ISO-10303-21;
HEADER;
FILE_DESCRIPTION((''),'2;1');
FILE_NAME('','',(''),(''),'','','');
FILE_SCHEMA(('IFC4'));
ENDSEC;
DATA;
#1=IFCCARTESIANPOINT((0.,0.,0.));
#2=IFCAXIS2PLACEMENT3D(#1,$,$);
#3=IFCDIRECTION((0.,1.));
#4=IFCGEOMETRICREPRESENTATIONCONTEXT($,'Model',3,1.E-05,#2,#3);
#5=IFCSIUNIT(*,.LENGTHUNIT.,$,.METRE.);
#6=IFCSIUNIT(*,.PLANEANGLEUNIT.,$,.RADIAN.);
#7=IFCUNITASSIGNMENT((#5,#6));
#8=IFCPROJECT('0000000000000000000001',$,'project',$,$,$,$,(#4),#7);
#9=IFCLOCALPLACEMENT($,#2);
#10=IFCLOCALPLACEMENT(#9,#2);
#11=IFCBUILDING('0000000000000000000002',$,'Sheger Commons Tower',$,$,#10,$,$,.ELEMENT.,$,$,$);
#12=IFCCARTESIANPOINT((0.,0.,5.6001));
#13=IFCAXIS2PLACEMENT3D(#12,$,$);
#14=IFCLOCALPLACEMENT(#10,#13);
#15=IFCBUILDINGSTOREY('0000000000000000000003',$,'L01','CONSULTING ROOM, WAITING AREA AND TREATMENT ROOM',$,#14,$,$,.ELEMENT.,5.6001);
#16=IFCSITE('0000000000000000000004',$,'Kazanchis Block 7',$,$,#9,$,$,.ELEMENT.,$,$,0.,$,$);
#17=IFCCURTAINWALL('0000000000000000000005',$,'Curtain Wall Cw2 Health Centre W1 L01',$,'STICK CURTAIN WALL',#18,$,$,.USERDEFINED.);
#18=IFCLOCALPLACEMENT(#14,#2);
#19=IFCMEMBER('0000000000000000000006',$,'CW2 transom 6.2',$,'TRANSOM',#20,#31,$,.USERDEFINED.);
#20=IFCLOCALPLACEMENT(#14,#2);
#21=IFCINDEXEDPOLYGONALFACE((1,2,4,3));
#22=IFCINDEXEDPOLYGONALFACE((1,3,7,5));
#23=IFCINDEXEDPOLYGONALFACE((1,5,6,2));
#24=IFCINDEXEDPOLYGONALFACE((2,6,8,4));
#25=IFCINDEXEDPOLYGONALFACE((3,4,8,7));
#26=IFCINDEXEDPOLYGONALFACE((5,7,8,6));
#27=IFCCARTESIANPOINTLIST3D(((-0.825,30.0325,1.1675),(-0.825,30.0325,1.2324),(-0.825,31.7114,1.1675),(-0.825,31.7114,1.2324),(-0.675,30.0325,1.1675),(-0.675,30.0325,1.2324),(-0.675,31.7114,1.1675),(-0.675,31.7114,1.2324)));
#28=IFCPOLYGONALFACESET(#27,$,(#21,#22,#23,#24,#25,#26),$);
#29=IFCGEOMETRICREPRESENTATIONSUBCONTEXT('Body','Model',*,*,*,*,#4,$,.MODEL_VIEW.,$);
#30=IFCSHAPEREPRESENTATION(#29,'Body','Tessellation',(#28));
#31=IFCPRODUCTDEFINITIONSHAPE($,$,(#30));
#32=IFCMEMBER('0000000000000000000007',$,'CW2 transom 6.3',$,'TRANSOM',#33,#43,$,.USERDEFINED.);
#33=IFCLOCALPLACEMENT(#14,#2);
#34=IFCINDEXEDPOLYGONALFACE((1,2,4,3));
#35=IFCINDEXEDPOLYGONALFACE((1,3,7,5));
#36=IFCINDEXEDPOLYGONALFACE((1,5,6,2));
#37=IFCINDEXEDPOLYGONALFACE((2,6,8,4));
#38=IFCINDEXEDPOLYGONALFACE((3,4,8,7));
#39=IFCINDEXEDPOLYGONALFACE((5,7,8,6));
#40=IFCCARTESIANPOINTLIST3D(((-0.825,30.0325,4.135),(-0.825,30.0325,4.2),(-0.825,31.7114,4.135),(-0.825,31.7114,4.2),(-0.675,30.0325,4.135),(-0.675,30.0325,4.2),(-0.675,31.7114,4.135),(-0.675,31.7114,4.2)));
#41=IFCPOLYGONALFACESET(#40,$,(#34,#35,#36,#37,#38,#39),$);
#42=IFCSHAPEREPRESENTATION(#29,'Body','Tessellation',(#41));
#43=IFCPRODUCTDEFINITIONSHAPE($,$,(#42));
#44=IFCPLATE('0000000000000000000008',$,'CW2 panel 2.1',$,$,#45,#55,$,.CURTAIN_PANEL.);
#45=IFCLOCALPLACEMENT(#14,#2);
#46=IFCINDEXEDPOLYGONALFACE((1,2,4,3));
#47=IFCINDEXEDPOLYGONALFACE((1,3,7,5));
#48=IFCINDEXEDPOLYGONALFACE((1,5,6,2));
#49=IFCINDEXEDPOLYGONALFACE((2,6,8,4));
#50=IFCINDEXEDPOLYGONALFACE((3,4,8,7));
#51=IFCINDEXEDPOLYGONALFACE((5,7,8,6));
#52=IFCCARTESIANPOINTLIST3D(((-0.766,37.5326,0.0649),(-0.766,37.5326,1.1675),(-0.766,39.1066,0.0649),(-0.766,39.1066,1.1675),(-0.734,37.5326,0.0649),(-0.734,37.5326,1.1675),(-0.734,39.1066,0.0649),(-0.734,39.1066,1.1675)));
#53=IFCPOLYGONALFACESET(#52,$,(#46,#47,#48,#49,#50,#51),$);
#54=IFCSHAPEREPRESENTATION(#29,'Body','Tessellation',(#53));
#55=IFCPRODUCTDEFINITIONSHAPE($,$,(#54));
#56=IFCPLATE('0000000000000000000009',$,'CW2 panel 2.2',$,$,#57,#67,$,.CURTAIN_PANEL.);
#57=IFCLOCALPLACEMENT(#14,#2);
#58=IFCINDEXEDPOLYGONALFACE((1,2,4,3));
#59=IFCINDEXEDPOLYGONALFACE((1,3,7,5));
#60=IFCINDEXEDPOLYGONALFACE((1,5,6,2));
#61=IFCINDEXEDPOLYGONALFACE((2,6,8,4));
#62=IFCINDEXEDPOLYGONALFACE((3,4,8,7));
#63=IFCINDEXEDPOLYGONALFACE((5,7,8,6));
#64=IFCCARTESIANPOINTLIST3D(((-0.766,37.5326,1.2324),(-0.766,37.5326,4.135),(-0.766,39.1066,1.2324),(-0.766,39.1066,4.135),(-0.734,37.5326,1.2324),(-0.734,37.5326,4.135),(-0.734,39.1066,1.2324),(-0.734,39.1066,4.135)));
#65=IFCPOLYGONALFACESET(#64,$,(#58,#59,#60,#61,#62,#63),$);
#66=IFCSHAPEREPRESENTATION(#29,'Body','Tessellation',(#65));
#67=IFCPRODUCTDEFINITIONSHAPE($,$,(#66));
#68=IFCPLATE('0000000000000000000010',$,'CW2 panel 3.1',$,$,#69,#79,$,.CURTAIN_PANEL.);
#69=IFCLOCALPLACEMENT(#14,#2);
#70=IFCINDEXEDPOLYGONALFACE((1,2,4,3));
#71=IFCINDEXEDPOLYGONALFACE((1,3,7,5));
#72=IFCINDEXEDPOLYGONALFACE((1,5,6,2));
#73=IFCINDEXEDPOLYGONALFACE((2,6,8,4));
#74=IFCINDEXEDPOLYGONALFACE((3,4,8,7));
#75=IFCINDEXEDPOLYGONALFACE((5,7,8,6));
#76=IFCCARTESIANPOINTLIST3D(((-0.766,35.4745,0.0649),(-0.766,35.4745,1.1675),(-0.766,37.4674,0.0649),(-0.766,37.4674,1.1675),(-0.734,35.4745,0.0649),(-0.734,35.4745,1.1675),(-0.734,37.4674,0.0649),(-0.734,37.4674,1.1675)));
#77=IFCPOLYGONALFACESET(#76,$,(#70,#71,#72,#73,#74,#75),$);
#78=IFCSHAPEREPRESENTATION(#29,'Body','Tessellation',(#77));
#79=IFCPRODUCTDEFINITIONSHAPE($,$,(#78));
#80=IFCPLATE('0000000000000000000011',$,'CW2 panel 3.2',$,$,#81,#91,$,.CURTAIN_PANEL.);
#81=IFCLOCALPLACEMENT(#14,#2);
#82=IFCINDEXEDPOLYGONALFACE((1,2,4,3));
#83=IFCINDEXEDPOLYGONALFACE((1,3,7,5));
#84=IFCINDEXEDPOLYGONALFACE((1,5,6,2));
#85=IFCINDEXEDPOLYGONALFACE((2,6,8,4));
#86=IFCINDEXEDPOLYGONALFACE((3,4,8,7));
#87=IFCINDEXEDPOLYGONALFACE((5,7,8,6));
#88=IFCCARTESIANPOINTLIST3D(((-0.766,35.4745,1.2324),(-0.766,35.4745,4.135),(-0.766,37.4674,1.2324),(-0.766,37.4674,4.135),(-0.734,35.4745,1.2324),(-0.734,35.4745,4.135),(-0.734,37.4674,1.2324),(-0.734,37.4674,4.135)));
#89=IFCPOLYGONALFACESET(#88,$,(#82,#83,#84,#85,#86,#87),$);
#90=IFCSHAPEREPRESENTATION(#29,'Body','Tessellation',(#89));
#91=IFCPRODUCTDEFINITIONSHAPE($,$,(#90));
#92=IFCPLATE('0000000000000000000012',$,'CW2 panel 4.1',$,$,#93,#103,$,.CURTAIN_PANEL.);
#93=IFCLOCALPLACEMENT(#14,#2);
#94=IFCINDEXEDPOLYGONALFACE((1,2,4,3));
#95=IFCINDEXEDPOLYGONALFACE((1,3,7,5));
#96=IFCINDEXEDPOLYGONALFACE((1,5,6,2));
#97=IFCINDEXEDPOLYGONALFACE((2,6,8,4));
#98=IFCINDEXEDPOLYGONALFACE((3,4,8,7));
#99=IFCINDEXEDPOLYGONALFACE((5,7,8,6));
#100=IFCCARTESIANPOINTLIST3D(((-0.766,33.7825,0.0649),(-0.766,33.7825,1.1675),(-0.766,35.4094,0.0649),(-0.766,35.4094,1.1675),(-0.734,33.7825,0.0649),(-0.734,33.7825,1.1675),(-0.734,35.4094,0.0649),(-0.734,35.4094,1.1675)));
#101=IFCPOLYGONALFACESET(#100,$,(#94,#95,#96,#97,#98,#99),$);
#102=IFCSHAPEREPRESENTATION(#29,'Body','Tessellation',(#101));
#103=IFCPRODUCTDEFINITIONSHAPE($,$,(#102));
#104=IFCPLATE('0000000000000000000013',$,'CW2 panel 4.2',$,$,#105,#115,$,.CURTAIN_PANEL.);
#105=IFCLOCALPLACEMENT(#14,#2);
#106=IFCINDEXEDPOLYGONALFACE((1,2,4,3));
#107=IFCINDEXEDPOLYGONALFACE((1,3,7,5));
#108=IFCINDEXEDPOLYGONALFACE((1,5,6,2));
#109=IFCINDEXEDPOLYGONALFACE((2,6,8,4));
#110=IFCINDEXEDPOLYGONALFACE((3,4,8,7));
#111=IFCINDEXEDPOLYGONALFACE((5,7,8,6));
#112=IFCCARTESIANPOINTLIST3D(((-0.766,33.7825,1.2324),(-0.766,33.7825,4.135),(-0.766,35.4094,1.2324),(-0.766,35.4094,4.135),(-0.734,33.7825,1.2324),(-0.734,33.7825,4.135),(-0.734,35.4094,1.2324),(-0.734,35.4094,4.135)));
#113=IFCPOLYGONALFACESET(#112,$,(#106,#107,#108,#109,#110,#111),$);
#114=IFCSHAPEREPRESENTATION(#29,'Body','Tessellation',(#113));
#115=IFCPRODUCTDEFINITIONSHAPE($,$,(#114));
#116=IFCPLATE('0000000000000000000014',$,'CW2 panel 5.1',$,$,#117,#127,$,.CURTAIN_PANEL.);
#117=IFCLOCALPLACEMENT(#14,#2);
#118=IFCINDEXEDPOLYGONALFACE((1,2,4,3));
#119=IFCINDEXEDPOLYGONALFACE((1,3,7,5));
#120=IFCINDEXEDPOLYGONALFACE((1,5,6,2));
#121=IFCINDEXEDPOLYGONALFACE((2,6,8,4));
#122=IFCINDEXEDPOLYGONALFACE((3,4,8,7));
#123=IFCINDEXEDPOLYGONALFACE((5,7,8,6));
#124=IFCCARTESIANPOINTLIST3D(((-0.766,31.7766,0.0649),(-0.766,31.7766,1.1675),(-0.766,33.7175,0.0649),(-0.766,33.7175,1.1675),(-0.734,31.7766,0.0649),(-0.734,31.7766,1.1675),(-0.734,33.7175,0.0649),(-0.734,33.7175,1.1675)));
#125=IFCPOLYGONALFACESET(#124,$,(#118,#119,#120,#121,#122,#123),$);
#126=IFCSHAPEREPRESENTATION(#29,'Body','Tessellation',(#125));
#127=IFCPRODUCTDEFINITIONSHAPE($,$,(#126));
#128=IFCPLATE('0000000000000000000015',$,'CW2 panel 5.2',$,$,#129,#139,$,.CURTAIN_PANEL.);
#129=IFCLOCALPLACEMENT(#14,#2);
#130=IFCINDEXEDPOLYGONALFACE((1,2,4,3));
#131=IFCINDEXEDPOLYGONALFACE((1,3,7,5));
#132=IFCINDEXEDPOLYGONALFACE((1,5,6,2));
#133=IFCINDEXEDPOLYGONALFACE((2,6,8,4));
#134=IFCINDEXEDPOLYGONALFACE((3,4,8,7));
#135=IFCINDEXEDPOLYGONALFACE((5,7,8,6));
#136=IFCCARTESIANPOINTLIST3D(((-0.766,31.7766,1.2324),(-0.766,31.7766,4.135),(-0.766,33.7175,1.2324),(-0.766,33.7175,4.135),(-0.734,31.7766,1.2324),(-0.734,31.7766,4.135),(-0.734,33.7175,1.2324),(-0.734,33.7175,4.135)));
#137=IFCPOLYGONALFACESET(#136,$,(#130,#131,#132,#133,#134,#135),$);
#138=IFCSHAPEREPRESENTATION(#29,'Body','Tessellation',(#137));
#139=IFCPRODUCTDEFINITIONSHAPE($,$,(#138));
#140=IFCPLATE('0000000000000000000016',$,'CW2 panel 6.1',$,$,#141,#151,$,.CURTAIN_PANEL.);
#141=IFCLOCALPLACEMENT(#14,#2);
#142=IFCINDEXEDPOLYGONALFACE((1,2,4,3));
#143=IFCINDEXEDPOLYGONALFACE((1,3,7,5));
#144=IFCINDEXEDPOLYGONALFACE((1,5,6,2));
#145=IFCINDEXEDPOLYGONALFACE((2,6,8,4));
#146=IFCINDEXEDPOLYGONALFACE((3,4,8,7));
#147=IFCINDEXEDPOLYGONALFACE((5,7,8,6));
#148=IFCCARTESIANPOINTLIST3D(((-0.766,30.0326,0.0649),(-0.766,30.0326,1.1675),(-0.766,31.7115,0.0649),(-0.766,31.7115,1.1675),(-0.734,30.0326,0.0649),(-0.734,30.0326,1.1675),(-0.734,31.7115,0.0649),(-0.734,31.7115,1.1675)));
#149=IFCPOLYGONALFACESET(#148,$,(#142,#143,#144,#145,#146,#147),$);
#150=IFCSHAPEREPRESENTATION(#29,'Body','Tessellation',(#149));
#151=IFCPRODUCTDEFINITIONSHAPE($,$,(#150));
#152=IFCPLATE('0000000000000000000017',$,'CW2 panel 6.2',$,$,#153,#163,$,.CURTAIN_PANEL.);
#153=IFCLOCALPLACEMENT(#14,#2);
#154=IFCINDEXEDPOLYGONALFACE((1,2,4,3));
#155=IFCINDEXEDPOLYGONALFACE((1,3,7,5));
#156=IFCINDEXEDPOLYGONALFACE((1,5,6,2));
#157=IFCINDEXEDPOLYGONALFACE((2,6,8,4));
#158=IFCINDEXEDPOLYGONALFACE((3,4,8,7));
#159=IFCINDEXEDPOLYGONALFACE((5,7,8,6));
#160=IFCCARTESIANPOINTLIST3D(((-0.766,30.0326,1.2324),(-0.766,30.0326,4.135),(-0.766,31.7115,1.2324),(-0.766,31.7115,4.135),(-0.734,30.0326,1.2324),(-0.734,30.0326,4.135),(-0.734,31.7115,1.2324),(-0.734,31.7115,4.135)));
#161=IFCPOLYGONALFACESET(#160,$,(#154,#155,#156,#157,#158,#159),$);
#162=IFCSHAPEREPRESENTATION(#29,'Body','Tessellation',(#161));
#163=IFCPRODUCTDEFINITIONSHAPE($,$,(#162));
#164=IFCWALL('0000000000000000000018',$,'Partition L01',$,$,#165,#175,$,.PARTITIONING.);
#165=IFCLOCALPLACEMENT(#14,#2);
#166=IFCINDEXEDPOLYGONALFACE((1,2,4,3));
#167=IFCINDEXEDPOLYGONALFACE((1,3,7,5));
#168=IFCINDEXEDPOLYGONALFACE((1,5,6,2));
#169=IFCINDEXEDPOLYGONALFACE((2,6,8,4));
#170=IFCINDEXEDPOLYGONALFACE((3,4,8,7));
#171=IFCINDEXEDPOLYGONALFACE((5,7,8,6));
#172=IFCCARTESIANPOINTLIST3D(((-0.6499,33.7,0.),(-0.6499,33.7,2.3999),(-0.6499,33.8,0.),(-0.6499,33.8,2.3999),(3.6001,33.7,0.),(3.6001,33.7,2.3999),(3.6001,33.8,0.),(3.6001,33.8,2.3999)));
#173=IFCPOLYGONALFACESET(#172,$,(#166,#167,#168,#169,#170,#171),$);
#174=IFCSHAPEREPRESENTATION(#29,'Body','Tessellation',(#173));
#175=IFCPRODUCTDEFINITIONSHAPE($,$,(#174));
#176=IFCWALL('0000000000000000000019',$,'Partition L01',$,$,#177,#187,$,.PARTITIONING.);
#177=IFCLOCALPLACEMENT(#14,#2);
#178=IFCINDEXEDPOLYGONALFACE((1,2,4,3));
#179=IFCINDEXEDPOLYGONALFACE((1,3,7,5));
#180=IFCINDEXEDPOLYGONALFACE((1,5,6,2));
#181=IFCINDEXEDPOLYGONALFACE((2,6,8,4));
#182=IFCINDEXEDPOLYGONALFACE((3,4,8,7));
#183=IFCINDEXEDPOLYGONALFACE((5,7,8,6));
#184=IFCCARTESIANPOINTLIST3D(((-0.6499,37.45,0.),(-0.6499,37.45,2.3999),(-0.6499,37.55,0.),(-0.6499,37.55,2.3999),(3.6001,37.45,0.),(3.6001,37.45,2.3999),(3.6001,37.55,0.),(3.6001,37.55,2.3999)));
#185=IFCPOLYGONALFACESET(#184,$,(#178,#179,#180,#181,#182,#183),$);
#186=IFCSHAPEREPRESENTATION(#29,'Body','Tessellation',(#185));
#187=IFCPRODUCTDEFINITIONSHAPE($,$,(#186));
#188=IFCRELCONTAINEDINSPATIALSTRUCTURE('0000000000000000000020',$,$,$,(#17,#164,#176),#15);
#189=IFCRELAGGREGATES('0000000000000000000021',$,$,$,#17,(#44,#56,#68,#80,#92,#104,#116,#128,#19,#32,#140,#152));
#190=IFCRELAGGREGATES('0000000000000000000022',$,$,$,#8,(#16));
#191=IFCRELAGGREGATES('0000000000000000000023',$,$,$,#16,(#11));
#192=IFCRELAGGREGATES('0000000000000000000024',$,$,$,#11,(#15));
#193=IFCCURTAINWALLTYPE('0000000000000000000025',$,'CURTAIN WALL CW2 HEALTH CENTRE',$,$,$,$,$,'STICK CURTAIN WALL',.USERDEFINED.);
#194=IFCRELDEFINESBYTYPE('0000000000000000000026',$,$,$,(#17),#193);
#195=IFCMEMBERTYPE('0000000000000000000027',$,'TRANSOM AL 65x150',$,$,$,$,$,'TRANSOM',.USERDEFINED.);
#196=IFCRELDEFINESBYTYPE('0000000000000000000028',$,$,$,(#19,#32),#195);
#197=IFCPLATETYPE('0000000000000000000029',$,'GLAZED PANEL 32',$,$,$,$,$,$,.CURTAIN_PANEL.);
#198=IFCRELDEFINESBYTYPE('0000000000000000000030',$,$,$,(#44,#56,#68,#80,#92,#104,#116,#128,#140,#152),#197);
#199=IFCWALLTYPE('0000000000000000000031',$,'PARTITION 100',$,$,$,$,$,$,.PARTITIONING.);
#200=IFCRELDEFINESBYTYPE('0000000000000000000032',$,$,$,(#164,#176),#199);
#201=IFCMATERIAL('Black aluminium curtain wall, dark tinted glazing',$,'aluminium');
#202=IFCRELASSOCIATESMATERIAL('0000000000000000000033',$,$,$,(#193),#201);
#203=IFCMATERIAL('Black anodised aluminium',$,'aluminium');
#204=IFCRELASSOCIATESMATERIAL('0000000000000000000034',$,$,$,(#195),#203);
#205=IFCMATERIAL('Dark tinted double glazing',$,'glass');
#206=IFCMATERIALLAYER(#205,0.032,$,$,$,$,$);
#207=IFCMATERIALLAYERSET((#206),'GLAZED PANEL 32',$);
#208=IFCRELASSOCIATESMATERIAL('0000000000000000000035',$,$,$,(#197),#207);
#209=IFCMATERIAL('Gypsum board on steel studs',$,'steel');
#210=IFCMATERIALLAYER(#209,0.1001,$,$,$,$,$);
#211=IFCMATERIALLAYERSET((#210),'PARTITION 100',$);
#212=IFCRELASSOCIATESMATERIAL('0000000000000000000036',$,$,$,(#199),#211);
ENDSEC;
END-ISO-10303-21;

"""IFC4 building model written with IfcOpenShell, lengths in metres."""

from ifc_helpers import new_model, si_unit, direction, frame, frame_2d, origin, origin_2d, place, context, subcontext, project, spatial, rectangle, extrude, material, layer, layer_set, material_profile, profile_set, type_object, element, aggregate, save


model = new_model("IFC4")

# Units and contexts
model_context = context("Model", 3, precision=1e-05, world=origin(), true_north=direction((0.0, 1.0)))
body_context = subcontext(model_context, "Body", "Model", "MODEL_VIEW")
ifc_project = project(units=[si_unit("LENGTHUNIT", "METRE"), si_unit("PLANEANGLEUNIT", "RADIAN")], contexts=[model_context])

# Site, building, storey
site_placement = place(None, origin())
site = spatial("IfcSite", under=ifc_project, at=site_placement, Name="Kazanchis Block 7", CompositionType="ELEMENT", RefElevation=0.0)
building_placement = place(site_placement, origin())
building = spatial("IfcBuilding", under=site, at=building_placement, Name="Sheger Commons Tower", CompositionType="ELEMENT")
storey_placement = place(building_placement, frame((0.0, 0.0, 5.6001)))
storey = spatial("IfcBuildingStorey", under=building, at=storey_placement, Name="L01", Description="CONSULTING ROOM, WAITING AREA AND TREATMENT ROOM", CompositionType="ELEMENT", Elevation=5.6001)

# Curtain wall, members, plates
ifc_material_1 = material(Name="Black aluminium curtain wall, dark tinted glazing", Category="aluminium")
curtain_wall_type = type_object("IfcCurtainWallType", Name="CURTAIN WALL CW2 HEALTH CENTRE", ElementType="STICK CURTAIN WALL", PredefinedType="USERDEFINED", material=ifc_material_1)
curtain_wall_placement = place(storey_placement, origin())
curtain_wall = element("IfcCurtainWall", 1, at=curtain_wall_placement, inside=storey, type_object=curtain_wall_type, Name="Curtain Wall Cw2 Health Centre W1 L01", ObjectType="STICK CURTAIN WALL", PredefinedType="USERDEFINED")
ifc_material_2 = material(Name="Black anodised aluminium", Category="aluminium")
ifc_material_profile_1 = material_profile(ifc_material_2, rectangle(XDim=0.1499, YDim=0.0649, at=origin_2d()), Name="AL 65x150")
ifc_profile_set_1 = profile_set([ifc_material_profile_1], Name="Black anodised aluminium")
member_type_1 = type_object("IfcMemberType", Name="TRANSOM AL 65x150", ElementType="TRANSOM", PredefinedType="USERDEFINED", material=ifc_profile_set_1)
member_1_placement = place(storey_placement, frame((-0.75, 31.7114, 1.2), z_axis=(0.0, -1.0, 0.0), x_axis=(1.0, 0.0, 0.0)))
member_1 = element("IfcMember", 2, at=member_1_placement, type_object=member_type_1, Name="CW2 transom 6.2", ObjectType="TRANSOM", PredefinedType="USERDEFINED", context=body_context, shape_type="SweptSolid", body=[
    extrude(rectangle(XDim=0.1499, YDim=0.0649, at=origin_2d()), origin(), (0.0, 0.0, 1.0), 1.679),
])
member_2_placement = place(storey_placement, frame((-0.75, 31.7114, 4.1675), z_axis=(0.0, -1.0, 0.0), x_axis=(1.0, 0.0, 0.0)))
member_2 = element("IfcMember", 3, at=member_2_placement, type_object=member_type_1, Name="CW2 transom 6.3", ObjectType="TRANSOM", PredefinedType="USERDEFINED", context=body_context, shape_type="SweptSolid", body=[
    extrude(rectangle(XDim=0.1499, YDim=0.0649, at=origin_2d()), origin(), (0.0, 0.0, 1.0), 1.679),
])
ifc_material_3 = material(Name="Dark tinted double glazing", Category="glass")
ifc_layer_1 = layer(ifc_material_3, 0.032)
ifc_layer_set_1 = layer_set([ifc_layer_1], Name="GLAZED PANEL 32")
plate_type = type_object("IfcPlateType", Name="GLAZED PANEL 32", PredefinedType="CURTAIN_PANEL", material=ifc_layer_set_1)
plate_1_placement = place(storey_placement, frame((-0.75, 38.3196, 0.0649), z_axis=(0.0, 0.0, 1.0), x_axis=(0.0, -1.0, 0.0)))
plate_1 = element("IfcPlate", 4, at=plate_1_placement, type_object=plate_type, Name="CW2 panel 2.1", PredefinedType="CURTAIN_PANEL", context=body_context, shape_type="SweptSolid", body=[
    extrude(rectangle(XDim=1.574, YDim=0.032, at=origin_2d()), origin(), (0.0, 0.0, 1.0), 1.1025),
])
plate_2_placement = place(storey_placement, frame((-0.75, 38.3196, 1.2324), z_axis=(0.0, 0.0, 1.0), x_axis=(0.0, -1.0, 0.0)))
plate_2 = element("IfcPlate", 5, at=plate_2_placement, type_object=plate_type, Name="CW2 panel 2.2", PredefinedType="CURTAIN_PANEL", context=body_context, shape_type="SweptSolid", body=[
    extrude(rectangle(XDim=1.574, YDim=0.032, at=origin_2d()), origin(), (0.0, 0.0, 1.0), 2.9026),
])
plate_3_placement = place(storey_placement, frame((-0.75, 36.4709, 0.0649), z_axis=(0.0, 0.0, 1.0), x_axis=(0.0, -1.0, 0.0)))
plate_3 = element("IfcPlate", 6, at=plate_3_placement, type_object=plate_type, Name="CW2 panel 3.1", PredefinedType="CURTAIN_PANEL", context=body_context, shape_type="SweptSolid", body=[
    extrude(rectangle(XDim=1.9929, YDim=0.032, at=origin_2d()), origin(), (0.0, 0.0, 1.0), 1.1025),
])
plate_4_placement = place(storey_placement, frame((-0.75, 36.4709, 1.2324), z_axis=(0.0, 0.0, 1.0), x_axis=(0.0, -1.0, 0.0)))
plate_4 = element("IfcPlate", 7, at=plate_4_placement, type_object=plate_type, Name="CW2 panel 3.2", PredefinedType="CURTAIN_PANEL", context=body_context, shape_type="SweptSolid", body=[
    extrude(rectangle(XDim=1.9929, YDim=0.032, at=origin_2d()), origin(), (0.0, 0.0, 1.0), 2.9026),
])
plate_5_placement = place(storey_placement, frame((-0.75, 34.5959, 0.0649), z_axis=(0.0, 0.0, 1.0), x_axis=(0.0, -1.0, 0.0)))
plate_5 = element("IfcPlate", 8, at=plate_5_placement, type_object=plate_type, Name="CW2 panel 4.1", PredefinedType="CURTAIN_PANEL", context=body_context, shape_type="SweptSolid", body=[
    extrude(rectangle(XDim=1.627, YDim=0.032, at=origin_2d()), origin(), (0.0, 0.0, 1.0), 1.1025),
])
plate_6_placement = place(storey_placement, frame((-0.75, 34.5959, 1.2324), z_axis=(0.0, 0.0, 1.0), x_axis=(0.0, -1.0, 0.0)))
plate_6 = element("IfcPlate", 9, at=plate_6_placement, type_object=plate_type, Name="CW2 panel 4.2", PredefinedType="CURTAIN_PANEL", context=body_context, shape_type="SweptSolid", body=[
    extrude(rectangle(XDim=1.627, YDim=0.032, at=origin_2d()), origin(), (0.0, 0.0, 1.0), 2.9026),
])
plate_7_placement = place(storey_placement, frame((-0.75, 32.7471, 0.0649), z_axis=(0.0, 0.0, 1.0), x_axis=(0.0, -1.0, 0.0)))
plate_7 = element("IfcPlate", 10, at=plate_7_placement, type_object=plate_type, Name="CW2 panel 5.1", PredefinedType="CURTAIN_PANEL", context=body_context, shape_type="SweptSolid", body=[
    extrude(rectangle(XDim=1.9409, YDim=0.032, at=origin_2d()), origin(), (0.0, 0.0, 1.0), 1.1025),
])
plate_8_placement = place(storey_placement, frame((-0.75, 32.7471, 1.2324), z_axis=(0.0, 0.0, 1.0), x_axis=(0.0, -1.0, 0.0)))
plate_8 = element("IfcPlate", 11, at=plate_8_placement, type_object=plate_type, Name="CW2 panel 5.2", PredefinedType="CURTAIN_PANEL", context=body_context, shape_type="SweptSolid", body=[
    extrude(rectangle(XDim=1.9409, YDim=0.032, at=origin_2d()), origin(), (0.0, 0.0, 1.0), 2.9026),
])
plate_9_placement = place(storey_placement, frame((-0.75, 30.8721, 0.0649), z_axis=(0.0, 0.0, 1.0), x_axis=(0.0, -1.0, 0.0)))
plate_9 = element("IfcPlate", 12, at=plate_9_placement, type_object=plate_type, Name="CW2 panel 6.1", PredefinedType="CURTAIN_PANEL", context=body_context, shape_type="SweptSolid", body=[
    extrude(rectangle(XDim=1.679, YDim=0.032, at=origin_2d()), origin(), (0.0, 0.0, 1.0), 1.1025),
])
plate_10_placement = place(storey_placement, frame((-0.75, 30.8721, 1.2324), z_axis=(0.0, 0.0, 1.0), x_axis=(0.0, -1.0, 0.0)))
plate_10 = element("IfcPlate", 13, at=plate_10_placement, type_object=plate_type, Name="CW2 panel 6.2", PredefinedType="CURTAIN_PANEL", context=body_context, shape_type="SweptSolid", body=[
    extrude(rectangle(XDim=1.679, YDim=0.032, at=origin_2d()), origin(), (0.0, 0.0, 1.0), 2.9026),
])
aggregate(curtain_wall, [plate_1, plate_2, plate_3, plate_4, plate_5, plate_6, plate_7, plate_8, member_1, member_2, plate_9, plate_10])

# Walls
ifc_material_4 = material(Name="Gypsum board on steel studs", Category="steel")
ifc_layer_2 = layer(ifc_material_4, 0.1001)
ifc_layer_set_2 = layer_set([ifc_layer_2], Name="PARTITION 100")
wall_type = type_object("IfcWallType", Name="PARTITION 100", PredefinedType="PARTITIONING", material=ifc_layer_set_2)
for number, where, z_axis, x_axis, name in (
    (14, (-0.6499, 33.75, 0.0), (0.0, 0.0, 1.0), (1.0, 0.0, 0.0), "Partition L01"),
    (15, (-0.6499, 37.5, 0.0), (0.0, 0.0, 1.0), (1.0, 0.0, 0.0), "Partition L01"),
):
    element("IfcWall", number, at=place(storey_placement, frame(where, z_axis=z_axis, x_axis=x_axis)), inside=storey, type_object=wall_type, Name=name, PredefinedType="PARTITIONING", context=body_context, shape_type="SweptSolid", body=[
        extrude(rectangle(XDim=4.25, YDim=0.1001, at=frame_2d((2.125, 0.0))), origin(), (0.0, 0.0, 1.0), 2.3999),
    ])

save(model, "model.ifc")
